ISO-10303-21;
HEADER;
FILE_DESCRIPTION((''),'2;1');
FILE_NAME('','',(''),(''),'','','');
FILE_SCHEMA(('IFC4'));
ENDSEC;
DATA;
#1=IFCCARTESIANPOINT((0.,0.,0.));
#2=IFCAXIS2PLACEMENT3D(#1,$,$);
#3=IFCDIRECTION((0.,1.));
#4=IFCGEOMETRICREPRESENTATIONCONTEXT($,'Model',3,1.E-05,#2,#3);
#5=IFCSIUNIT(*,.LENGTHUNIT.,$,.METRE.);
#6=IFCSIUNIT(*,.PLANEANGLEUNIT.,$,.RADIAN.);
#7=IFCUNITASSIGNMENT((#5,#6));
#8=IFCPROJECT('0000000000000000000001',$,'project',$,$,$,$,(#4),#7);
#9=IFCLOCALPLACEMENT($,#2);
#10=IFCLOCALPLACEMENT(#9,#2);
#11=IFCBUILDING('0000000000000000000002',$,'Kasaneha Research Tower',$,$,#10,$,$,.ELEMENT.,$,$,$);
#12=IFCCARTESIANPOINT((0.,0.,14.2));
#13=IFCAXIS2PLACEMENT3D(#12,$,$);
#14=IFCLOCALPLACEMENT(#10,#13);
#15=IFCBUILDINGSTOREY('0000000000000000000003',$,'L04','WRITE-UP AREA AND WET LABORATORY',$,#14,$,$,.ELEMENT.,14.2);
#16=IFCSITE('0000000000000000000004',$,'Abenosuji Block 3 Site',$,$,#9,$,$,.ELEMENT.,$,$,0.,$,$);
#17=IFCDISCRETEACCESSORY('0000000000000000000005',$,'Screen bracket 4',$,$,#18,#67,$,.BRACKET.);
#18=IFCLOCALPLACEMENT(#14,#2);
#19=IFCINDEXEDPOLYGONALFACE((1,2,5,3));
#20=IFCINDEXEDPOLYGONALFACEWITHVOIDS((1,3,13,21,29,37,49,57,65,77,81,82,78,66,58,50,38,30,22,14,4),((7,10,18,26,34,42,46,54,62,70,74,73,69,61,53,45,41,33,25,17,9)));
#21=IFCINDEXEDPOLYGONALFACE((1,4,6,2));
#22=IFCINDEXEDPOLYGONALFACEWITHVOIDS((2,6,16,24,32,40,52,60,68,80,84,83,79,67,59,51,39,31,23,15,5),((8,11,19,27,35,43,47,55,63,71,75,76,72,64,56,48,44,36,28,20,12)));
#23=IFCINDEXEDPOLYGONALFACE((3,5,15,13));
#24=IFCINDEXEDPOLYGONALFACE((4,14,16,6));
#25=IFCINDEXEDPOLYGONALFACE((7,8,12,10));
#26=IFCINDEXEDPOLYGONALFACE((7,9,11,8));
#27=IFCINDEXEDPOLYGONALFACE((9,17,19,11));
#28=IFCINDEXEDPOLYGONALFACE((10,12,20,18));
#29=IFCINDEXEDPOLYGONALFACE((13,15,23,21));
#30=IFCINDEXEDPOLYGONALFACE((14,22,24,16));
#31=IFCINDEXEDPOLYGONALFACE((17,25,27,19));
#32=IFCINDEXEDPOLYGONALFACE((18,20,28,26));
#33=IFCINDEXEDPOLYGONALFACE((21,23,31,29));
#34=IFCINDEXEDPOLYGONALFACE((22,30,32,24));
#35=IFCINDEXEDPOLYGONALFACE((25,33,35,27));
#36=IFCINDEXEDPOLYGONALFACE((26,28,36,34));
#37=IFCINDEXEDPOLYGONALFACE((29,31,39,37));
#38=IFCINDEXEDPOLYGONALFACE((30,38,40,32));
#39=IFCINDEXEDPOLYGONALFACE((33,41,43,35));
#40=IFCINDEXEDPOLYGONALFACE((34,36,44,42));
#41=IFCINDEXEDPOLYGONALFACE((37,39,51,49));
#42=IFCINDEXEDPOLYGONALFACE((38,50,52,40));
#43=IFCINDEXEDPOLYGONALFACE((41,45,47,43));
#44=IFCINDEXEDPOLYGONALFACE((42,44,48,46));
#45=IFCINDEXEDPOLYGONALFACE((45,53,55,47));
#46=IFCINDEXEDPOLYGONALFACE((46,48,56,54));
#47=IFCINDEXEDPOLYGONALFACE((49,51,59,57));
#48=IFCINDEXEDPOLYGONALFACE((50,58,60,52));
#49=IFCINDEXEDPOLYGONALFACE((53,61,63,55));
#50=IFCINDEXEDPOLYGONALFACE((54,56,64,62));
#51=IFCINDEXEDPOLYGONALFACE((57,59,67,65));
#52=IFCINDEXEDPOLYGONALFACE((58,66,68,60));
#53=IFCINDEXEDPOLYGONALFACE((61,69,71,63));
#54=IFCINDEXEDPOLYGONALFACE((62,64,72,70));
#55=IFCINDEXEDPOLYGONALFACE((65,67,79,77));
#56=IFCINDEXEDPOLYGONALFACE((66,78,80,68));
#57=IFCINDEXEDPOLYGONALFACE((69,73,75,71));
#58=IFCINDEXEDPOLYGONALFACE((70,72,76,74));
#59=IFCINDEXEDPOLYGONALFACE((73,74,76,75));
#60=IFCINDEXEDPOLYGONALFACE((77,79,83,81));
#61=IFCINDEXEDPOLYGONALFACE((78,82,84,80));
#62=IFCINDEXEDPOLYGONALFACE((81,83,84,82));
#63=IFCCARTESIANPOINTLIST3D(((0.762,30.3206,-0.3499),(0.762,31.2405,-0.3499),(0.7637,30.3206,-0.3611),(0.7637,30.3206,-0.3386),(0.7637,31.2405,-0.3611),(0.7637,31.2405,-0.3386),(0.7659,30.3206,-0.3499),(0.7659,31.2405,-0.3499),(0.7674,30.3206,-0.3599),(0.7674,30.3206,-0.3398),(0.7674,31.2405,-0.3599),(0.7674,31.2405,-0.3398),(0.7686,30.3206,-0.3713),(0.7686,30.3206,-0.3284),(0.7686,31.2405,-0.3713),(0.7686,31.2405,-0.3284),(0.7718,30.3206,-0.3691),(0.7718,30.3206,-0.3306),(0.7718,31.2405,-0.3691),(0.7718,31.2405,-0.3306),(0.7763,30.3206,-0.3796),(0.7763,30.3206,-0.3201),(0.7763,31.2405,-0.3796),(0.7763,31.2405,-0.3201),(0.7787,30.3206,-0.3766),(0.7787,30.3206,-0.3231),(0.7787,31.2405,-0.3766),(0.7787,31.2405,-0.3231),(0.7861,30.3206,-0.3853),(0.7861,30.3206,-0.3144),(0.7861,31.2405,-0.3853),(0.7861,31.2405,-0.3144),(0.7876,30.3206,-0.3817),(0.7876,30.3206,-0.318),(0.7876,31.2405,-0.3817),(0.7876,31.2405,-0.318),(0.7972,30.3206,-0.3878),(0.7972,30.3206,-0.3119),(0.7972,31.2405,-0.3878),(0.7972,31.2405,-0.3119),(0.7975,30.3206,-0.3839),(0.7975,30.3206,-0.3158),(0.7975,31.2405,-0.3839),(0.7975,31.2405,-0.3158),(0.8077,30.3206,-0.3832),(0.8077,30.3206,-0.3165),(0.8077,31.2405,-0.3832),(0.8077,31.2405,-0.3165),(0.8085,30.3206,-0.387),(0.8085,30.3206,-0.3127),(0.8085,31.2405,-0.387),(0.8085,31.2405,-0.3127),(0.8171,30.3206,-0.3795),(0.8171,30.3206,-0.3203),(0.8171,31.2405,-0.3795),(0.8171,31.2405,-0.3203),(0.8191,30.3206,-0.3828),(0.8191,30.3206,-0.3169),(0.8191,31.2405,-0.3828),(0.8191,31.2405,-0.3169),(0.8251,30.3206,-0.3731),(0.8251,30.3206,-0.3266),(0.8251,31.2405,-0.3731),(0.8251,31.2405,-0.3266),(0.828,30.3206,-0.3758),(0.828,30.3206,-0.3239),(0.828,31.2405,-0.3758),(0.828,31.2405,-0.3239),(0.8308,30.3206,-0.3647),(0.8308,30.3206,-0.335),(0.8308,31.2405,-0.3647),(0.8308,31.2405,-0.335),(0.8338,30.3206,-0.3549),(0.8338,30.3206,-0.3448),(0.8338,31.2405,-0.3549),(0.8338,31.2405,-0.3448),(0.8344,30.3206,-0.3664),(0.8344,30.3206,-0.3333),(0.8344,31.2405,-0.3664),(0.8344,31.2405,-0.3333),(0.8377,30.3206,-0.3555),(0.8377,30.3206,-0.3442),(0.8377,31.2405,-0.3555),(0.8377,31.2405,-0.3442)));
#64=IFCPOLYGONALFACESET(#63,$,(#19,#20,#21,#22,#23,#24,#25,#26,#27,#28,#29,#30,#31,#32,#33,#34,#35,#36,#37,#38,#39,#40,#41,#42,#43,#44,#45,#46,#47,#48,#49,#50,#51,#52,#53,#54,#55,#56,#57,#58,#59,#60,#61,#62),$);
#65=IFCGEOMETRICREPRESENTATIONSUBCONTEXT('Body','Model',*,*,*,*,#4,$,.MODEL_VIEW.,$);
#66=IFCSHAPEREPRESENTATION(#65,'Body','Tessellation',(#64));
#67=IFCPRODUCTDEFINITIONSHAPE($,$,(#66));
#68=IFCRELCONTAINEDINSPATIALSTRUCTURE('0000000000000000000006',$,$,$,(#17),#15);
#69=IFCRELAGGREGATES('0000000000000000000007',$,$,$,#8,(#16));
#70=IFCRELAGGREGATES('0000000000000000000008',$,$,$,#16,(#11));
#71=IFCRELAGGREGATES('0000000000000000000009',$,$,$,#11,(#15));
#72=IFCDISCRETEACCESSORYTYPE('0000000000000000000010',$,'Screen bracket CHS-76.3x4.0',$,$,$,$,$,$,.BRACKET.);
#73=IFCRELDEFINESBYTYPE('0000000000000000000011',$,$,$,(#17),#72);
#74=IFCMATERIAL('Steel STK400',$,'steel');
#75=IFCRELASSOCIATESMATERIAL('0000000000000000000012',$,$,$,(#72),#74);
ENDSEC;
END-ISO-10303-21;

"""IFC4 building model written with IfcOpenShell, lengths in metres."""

from ifc_helpers import new_model, si_unit, direction, frame, origin, origin_2d, place, context, subcontext, project, spatial, hollow_circle, extrude, material, material_profile, profile_set, type_object, element, save


model = new_model("IFC4")

# Units and contexts
model_context = context("Model", 3, precision=1e-05, world=origin(), true_north=direction((0.0, 1.0)))
body_context = subcontext(model_context, "Body", "Model", "MODEL_VIEW")
ifc_project = project(units=[si_unit("LENGTHUNIT", "METRE"), si_unit("PLANEANGLEUNIT", "RADIAN")], contexts=[model_context])

# Site, building, storey
site_placement = place(None, origin())
site = spatial("IfcSite", under=ifc_project, at=site_placement, Name="Abenosuji Block 3 Site", CompositionType="ELEMENT", RefElevation=0.0)
building_placement = place(site_placement, origin())
building = spatial("IfcBuilding", under=site, at=building_placement, Name="Kasaneha Research Tower", CompositionType="ELEMENT")
storey_placement = place(building_placement, frame((0.0, 0.0, 14.2)))
storey = spatial("IfcBuildingStorey", under=building, at=storey_placement, Name="L04", Description="WRITE-UP AREA AND WET LABORATORY", CompositionType="ELEMENT", Elevation=14.2)

# Discrete accessory
ifc_material_1 = material(Name="Steel STK400", Category="steel")
ifc_material_profile_1 = material_profile(ifc_material_1, hollow_circle(Radius=0.0381, WallThickness=0.0039, at=origin_2d()), Name="CHS-76.3x4.0")
ifc_profile_set_1 = profile_set([ifc_material_profile_1], Name="Steel STK400")
discrete_accessory_type = type_object("IfcDiscreteAccessoryType", Name="Screen bracket CHS-76.3x4.0", PredefinedType="BRACKET", material=ifc_profile_set_1)
for number, where, z_axis, x_axis, name in (
    (1, (0.8, 30.3206, -0.3499), (0.0, 1.0, 0.0), (-1.0, 0.0, 0.0), "Screen bracket 4"),
):
    element("IfcDiscreteAccessory", number, at=place(storey_placement, frame(where, z_axis=z_axis, x_axis=x_axis)), inside=storey, type_object=discrete_accessory_type, Name=name, PredefinedType="BRACKET", context=body_context, shape_type="SweptSolid", body=[
        extrude(hollow_circle(Radius=0.0381, WallThickness=0.0039, at=origin_2d()), origin(), (0.0, 0.0, 1.0), 0.9199),
    ])

save(model, "model.ifc")
